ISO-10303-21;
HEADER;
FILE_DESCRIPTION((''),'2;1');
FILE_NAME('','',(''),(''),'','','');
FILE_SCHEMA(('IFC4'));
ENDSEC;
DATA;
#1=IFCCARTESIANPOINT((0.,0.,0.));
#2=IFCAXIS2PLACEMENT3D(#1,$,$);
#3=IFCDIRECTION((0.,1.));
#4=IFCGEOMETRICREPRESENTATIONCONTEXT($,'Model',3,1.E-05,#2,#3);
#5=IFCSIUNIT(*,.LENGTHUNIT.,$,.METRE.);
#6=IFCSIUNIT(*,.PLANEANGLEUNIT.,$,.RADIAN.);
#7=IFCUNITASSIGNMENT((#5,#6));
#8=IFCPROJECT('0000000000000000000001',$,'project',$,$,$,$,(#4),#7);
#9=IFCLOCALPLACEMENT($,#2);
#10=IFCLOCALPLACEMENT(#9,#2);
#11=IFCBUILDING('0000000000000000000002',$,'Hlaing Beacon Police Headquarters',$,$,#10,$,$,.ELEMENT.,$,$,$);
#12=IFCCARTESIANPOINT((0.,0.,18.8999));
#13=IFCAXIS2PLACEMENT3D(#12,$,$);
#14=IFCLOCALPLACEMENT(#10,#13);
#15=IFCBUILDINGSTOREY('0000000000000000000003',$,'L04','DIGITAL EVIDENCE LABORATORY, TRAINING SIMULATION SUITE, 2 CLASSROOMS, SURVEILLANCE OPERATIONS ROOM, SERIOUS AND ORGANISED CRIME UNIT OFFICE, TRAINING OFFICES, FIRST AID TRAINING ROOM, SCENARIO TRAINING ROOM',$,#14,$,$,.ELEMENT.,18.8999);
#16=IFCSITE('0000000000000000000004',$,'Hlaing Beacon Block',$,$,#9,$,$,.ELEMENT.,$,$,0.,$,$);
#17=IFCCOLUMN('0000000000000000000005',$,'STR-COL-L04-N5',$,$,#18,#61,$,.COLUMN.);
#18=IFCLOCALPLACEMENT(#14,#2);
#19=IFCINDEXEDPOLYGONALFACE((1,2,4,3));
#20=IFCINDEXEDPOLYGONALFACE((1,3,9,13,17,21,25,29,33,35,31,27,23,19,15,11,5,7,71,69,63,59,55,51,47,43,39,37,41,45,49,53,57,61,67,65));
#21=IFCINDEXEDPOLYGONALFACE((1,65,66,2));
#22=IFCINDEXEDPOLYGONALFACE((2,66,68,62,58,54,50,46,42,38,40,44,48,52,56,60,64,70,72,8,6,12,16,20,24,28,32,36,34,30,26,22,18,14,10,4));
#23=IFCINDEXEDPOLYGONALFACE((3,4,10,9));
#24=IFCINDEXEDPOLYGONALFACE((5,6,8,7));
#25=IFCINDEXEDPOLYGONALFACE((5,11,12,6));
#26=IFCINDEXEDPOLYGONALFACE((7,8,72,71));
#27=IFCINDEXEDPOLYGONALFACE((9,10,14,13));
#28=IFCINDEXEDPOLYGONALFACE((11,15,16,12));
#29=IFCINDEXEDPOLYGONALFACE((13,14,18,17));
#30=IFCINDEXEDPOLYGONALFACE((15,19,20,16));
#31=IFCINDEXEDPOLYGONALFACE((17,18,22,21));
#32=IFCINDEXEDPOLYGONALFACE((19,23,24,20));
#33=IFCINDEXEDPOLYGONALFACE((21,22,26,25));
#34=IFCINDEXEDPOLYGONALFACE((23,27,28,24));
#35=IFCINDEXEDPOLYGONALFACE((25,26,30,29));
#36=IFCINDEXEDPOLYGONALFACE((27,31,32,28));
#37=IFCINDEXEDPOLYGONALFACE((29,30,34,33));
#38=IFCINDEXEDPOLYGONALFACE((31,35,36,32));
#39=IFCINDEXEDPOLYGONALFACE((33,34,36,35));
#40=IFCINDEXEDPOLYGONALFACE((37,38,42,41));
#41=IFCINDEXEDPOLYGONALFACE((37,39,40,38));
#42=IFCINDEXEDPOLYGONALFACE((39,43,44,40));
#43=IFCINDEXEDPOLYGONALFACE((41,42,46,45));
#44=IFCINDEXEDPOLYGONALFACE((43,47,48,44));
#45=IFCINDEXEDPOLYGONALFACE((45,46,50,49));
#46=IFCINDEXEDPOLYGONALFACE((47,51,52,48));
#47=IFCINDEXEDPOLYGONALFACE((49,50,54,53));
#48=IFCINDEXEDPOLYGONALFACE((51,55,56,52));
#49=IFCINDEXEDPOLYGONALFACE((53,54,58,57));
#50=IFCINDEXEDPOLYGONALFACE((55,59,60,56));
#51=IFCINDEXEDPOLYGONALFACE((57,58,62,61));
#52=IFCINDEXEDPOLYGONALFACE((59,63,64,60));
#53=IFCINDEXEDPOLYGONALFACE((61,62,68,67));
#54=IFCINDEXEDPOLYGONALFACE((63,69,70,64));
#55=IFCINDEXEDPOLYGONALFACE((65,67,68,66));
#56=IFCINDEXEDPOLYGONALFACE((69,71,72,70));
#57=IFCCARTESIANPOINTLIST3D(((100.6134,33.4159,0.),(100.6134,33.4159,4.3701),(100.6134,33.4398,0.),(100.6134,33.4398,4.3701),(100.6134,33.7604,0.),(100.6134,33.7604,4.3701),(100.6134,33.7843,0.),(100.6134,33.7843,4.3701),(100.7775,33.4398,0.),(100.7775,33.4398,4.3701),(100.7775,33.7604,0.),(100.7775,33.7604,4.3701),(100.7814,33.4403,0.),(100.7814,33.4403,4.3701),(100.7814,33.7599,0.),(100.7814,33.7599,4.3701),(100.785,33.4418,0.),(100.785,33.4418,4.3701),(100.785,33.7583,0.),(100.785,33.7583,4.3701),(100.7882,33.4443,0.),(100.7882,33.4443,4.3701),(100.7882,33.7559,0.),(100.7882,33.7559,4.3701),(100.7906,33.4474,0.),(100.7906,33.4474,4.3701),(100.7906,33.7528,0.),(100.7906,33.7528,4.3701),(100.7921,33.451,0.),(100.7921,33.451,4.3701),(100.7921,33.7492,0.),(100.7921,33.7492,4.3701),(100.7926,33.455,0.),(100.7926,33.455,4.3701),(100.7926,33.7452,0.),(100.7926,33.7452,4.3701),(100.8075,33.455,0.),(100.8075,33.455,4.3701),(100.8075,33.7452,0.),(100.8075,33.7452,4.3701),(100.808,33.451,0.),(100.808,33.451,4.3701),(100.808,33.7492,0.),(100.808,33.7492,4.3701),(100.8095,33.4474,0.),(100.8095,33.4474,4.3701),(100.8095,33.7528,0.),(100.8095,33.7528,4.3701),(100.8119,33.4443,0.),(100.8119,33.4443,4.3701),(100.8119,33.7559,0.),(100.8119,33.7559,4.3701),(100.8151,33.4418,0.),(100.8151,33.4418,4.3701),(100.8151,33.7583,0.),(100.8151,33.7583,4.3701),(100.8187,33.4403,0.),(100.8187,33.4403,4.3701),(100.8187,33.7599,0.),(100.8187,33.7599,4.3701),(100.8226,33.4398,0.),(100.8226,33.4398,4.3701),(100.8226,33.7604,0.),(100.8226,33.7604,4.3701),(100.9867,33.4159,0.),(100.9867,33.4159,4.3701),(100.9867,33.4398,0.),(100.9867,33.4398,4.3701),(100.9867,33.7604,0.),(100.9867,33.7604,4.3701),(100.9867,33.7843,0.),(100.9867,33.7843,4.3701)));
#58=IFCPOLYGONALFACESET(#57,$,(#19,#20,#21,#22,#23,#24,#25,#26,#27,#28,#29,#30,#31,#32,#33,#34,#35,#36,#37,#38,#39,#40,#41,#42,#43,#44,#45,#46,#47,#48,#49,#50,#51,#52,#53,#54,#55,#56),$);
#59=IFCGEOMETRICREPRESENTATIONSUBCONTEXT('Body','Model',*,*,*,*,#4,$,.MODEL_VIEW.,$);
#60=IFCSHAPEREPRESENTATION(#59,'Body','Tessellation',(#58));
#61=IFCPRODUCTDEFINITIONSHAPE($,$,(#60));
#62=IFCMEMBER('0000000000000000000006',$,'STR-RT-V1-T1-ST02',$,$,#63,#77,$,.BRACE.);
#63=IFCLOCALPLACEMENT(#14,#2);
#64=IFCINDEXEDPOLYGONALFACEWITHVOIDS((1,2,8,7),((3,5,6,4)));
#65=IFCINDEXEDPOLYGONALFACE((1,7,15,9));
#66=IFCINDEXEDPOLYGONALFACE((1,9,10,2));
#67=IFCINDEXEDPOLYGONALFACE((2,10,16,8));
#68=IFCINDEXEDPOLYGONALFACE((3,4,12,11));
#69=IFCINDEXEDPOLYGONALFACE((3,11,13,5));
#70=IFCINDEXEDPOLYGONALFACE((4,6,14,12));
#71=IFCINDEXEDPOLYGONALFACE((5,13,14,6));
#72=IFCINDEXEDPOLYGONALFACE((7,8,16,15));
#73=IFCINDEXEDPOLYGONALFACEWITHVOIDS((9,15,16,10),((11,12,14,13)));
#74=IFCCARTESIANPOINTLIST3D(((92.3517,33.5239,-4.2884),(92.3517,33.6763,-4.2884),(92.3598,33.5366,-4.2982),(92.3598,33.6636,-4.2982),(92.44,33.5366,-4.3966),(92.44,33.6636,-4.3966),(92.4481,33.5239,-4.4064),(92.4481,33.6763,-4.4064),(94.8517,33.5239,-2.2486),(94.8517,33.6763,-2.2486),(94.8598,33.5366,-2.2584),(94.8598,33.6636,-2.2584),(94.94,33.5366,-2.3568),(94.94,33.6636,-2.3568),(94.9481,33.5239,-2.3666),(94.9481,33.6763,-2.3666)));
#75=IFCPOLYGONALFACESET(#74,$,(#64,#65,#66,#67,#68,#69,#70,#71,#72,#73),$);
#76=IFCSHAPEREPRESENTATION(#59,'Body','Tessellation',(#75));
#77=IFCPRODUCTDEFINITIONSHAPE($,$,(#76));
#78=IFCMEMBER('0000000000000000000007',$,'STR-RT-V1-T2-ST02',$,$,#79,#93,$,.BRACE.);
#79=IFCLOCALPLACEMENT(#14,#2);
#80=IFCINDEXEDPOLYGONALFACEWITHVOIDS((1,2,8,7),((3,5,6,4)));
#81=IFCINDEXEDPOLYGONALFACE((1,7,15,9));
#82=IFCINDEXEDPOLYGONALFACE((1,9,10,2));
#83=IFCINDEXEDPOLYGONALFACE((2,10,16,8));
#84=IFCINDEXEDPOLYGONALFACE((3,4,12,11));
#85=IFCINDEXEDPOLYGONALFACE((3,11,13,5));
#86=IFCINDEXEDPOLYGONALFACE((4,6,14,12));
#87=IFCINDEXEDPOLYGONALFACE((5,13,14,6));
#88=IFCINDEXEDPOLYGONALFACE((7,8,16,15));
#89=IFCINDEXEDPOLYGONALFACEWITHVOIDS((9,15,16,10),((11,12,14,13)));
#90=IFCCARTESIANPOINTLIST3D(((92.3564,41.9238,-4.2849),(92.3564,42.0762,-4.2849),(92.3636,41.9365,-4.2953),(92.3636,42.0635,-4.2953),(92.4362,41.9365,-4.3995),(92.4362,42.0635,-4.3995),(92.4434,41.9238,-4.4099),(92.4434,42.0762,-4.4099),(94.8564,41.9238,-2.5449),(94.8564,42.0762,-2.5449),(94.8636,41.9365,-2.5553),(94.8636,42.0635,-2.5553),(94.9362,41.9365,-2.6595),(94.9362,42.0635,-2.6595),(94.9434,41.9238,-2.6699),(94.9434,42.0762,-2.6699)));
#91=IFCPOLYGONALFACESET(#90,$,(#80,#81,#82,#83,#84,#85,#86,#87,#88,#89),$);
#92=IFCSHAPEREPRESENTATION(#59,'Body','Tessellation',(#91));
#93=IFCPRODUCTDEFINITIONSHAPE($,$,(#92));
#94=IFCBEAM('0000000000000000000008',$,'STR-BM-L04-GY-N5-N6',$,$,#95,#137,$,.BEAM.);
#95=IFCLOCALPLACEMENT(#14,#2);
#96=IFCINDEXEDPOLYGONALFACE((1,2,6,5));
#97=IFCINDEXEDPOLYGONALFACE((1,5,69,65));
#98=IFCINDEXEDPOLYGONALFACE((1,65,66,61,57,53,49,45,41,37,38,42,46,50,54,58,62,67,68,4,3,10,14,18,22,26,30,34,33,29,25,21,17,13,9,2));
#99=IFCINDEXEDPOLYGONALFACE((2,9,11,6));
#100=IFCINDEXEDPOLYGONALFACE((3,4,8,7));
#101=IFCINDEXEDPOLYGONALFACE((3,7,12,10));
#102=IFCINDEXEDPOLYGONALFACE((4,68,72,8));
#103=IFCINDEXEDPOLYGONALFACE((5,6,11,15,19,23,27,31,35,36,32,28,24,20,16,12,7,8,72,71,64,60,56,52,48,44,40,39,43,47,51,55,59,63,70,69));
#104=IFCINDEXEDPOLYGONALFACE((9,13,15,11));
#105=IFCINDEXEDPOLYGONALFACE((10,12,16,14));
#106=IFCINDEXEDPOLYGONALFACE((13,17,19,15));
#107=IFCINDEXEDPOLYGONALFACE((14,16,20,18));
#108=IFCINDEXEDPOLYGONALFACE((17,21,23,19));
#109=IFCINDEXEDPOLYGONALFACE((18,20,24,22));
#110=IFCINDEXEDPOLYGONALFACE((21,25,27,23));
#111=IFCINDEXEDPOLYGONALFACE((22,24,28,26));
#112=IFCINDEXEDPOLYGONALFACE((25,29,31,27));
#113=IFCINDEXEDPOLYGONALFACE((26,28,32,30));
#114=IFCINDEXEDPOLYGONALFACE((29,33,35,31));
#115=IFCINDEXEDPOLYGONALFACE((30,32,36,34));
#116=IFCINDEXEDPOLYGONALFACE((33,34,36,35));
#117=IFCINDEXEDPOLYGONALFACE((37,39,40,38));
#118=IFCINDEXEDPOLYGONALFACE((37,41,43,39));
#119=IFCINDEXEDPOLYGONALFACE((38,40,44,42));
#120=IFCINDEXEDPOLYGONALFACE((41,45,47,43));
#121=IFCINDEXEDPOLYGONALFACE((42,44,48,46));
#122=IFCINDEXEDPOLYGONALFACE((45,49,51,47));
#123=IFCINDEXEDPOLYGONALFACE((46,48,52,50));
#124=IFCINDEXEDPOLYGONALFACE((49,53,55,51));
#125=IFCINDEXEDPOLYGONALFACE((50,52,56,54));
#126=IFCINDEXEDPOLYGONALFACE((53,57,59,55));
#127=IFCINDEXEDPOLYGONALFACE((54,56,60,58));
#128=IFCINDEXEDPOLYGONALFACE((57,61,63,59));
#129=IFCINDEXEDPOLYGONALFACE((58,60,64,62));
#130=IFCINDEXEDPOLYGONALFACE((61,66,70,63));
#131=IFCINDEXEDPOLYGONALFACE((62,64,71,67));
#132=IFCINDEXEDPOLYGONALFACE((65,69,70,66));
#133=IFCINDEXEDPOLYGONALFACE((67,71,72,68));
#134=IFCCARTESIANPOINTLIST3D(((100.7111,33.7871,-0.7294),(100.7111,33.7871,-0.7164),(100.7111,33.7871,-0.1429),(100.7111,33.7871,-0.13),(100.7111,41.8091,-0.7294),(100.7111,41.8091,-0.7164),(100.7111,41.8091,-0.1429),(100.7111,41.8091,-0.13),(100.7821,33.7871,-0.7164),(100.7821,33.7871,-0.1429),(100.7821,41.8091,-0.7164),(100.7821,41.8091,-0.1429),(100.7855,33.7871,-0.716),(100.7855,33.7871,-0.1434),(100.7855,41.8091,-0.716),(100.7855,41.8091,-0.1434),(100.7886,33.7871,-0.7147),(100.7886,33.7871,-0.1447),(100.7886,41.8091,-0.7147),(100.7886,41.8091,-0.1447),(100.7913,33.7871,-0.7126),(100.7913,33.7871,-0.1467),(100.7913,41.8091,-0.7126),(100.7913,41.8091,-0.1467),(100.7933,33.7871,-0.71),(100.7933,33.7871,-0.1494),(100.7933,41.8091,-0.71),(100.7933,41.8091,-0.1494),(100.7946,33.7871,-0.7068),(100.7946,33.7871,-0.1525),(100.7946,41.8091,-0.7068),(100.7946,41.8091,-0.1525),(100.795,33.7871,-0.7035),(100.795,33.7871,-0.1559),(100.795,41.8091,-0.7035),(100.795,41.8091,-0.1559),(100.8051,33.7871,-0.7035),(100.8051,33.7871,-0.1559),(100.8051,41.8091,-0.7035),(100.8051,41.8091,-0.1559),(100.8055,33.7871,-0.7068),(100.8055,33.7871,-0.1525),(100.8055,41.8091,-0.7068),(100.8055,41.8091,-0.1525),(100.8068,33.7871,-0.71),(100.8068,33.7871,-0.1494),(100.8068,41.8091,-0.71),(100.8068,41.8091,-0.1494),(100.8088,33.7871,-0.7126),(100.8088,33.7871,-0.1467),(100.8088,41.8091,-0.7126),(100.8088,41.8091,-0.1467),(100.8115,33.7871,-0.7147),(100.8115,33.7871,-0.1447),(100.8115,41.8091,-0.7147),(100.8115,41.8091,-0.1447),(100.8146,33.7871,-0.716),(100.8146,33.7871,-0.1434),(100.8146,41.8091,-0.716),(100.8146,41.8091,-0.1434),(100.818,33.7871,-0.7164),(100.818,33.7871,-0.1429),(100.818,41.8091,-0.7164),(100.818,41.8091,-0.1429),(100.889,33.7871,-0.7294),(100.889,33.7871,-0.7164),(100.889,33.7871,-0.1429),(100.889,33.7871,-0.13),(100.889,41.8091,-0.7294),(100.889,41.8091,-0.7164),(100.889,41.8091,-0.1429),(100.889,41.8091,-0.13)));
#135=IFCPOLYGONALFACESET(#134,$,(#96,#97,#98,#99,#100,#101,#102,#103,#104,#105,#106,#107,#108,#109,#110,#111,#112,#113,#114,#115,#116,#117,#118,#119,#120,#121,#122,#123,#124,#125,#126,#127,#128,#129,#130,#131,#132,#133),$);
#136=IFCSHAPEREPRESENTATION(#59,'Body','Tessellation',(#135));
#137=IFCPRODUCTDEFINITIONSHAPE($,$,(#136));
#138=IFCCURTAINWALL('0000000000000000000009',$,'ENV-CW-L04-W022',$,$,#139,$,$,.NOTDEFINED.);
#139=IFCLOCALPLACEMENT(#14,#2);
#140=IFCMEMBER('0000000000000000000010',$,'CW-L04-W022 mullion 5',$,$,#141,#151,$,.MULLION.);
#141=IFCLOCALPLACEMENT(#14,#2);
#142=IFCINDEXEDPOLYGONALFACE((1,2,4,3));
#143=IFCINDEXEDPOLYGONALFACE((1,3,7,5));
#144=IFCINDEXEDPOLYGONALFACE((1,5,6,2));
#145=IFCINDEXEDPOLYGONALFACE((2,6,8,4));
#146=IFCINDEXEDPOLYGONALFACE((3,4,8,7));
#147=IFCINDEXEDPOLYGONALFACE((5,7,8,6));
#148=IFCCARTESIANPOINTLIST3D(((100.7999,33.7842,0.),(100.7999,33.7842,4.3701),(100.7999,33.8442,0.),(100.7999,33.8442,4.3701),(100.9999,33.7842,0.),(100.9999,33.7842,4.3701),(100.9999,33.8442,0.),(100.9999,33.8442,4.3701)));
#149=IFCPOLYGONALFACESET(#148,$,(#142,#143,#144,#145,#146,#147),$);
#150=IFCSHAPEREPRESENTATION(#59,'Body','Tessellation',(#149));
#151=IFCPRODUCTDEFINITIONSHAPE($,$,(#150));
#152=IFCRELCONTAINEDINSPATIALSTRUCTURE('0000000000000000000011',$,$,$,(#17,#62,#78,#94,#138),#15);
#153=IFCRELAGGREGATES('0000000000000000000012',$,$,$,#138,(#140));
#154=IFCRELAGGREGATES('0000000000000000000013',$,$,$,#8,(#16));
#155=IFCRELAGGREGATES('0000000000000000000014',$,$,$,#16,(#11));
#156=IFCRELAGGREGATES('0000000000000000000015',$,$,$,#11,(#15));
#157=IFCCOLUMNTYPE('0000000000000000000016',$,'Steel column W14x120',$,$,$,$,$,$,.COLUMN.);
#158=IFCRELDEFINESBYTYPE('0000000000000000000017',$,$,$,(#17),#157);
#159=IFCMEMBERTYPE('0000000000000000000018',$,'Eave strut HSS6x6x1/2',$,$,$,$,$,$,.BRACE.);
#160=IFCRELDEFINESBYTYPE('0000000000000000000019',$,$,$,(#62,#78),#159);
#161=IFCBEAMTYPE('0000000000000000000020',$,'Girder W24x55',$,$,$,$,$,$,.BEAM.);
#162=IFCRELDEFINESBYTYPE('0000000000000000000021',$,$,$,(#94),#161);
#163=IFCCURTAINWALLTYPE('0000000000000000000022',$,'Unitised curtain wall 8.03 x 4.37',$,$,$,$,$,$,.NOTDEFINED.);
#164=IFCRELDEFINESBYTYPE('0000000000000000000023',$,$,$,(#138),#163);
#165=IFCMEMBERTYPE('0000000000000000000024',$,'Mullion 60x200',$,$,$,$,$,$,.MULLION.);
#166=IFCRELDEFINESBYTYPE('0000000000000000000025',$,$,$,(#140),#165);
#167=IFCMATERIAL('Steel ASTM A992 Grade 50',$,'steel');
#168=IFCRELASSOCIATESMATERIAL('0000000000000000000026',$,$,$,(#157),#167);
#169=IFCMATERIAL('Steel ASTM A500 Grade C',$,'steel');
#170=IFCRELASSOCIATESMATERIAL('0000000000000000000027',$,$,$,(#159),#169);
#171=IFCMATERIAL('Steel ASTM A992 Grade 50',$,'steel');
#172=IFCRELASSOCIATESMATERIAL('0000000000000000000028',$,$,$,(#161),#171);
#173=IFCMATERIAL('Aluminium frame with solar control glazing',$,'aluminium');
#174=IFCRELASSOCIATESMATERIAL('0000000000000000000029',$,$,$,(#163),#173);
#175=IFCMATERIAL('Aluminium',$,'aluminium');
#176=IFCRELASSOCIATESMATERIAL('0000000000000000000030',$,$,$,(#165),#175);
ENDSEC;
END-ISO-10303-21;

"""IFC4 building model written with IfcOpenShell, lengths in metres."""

from ifc_helpers import new_model, si_unit, direction, frame, origin, origin_2d, place, context, subcontext, project, spatial, rectangle, hollow_rectangle, i_section, extrude, material, material_profile, profile_set, type_object, element, aggregate, save


model = new_model("IFC4")

# Units and contexts
model_context = context("Model", 3, precision=1e-05, world=origin(), true_north=direction((0.0, 1.0)))
body_context = subcontext(model_context, "Body", "Model", "MODEL_VIEW")
ifc_project = project(units=[si_unit("LENGTHUNIT", "METRE"), si_unit("PLANEANGLEUNIT", "RADIAN")], contexts=[model_context])

# Site, building, storey
site_placement = place(None, origin())
site = spatial("IfcSite", under=ifc_project, at=site_placement, Name="Hlaing Beacon Block", CompositionType="ELEMENT", RefElevation=0.0)
building_placement = place(site_placement, origin())
building = spatial("IfcBuilding", under=site, at=building_placement, Name="Hlaing Beacon Police Headquarters", CompositionType="ELEMENT")
storey_placement = place(building_placement, frame((0.0, 0.0, 18.8999)))
storey = spatial("IfcBuildingStorey", under=building, at=storey_placement, Name="L04", Description="DIGITAL EVIDENCE LABORATORY, TRAINING SIMULATION SUITE, 2 CLASSROOMS, SURVEILLANCE OPERATIONS ROOM, SERIOUS AND ORGANISED CRIME UNIT OFFICE, TRAINING OFFICES, FIRST AID TRAINING ROOM, SCENARIO TRAINING ROOM", CompositionType="ELEMENT", Elevation=18.8999)

# Column
ifc_material_1 = material(Name="Steel ASTM A992 Grade 50", Category="steel")
ifc_material_profile_1 = material_profile(ifc_material_1, i_section(OverallWidth=0.3733, OverallDepth=0.3684, WebThickness=0.0149, FlangeThickness=0.0239, FilletRadius=0.0151, at=origin_2d()), Name="W14x120")
ifc_profile_set_1 = profile_set([ifc_material_profile_1], Name="Steel ASTM A992 Grade 50")
column_type = type_object("IfcColumnType", Name="Steel column W14x120", PredefinedType="COLUMN", material=ifc_profile_set_1)
column_placement = place(storey_placement, frame((100.8, 33.6001, 0.0), z_axis=(0.0, 0.0, 1.0), x_axis=(1.0, 0.0, 0.0)))
element("IfcColumn", 1, at=column_placement, inside=storey, type_object=column_type, Name="STR-COL-L04-N5", PredefinedType="COLUMN", context=body_context, shape_type="SweptSolid", body=[
    extrude(i_section(OverallWidth=0.3733, OverallDepth=0.3684, WebThickness=0.0149, FlangeThickness=0.0239, FilletRadius=0.0151, at=origin_2d()), origin(), (0.0, 0.0, 1.0), 4.3701),
])

# Members
ifc_material_2 = material(Name="Steel ASTM A500 Grade C", Category="steel")
ifc_material_profile_2 = material_profile(ifc_material_2, hollow_rectangle(XDim=0.1523, YDim=0.1523, WallThickness=0.0127, at=origin_2d()), Name="HSS6x6x1/2")
ifc_profile_set_2 = profile_set([ifc_material_profile_2], Name="Steel ASTM A500 Grade C")
member_type_1 = type_object("IfcMemberType", Name="Eave strut HSS6x6x1/2", PredefinedType="BRACE", material=ifc_profile_set_2)
member_1_placement = place(storey_placement, frame((92.3999, 33.6001, -4.3474), z_axis=(0.774816, 0.0, 0.632187), x_axis=(0.0, 1.0, 0.0)))
element("IfcMember", 2, at=member_1_placement, inside=storey, type_object=member_type_1, Name="STR-RT-V1-T1-ST02", PredefinedType="BRACE", context=body_context, shape_type="SweptSolid", body=[
    extrude(hollow_rectangle(XDim=0.1523, YDim=0.1523, WallThickness=0.0127, at=origin_2d()), origin(), (0.0, 0.0, 1.0), 3.2266),
])
member_2_placement = place(storey_placement, frame((92.3999, 42.0, -4.3474), z_axis=(0.820773, 0.0, 0.571255), x_axis=(0.0, 1.0, 0.0)))
element("IfcMember", 3, at=member_2_placement, inside=storey, type_object=member_type_1, Name="STR-RT-V1-T2-ST02", PredefinedType="BRACE", context=body_context, shape_type="SweptSolid", body=[
    extrude(hollow_rectangle(XDim=0.1523, YDim=0.1523, WallThickness=0.0127, at=origin_2d()), origin(), (0.0, 0.0, 1.0), 3.0459),
])

# Beam
ifc_material_3 = material(Name="Steel ASTM A992 Grade 50", Category="steel")
ifc_material_profile_3 = material_profile(ifc_material_3, i_section(OverallWidth=0.178, OverallDepth=0.5994, WebThickness=0.01, FlangeThickness=0.0129, FilletRadius=0.0129, at=origin_2d()), Name="W24x55")
ifc_profile_set_3 = profile_set([ifc_material_profile_3], Name="Steel ASTM A992 Grade 50")
beam_type_1 = type_object("IfcBeamType", Name="Girder W24x55", PredefinedType="BEAM", material=ifc_profile_set_3)
beam_placement = place(storey_placement, frame((100.8, 33.7871, -0.4297), z_axis=(0.0, 1.0, 0.0), x_axis=(-1.0, 0.0, 0.0)))
element("IfcBeam", 4, at=beam_placement, inside=storey, type_object=beam_type_1, Name="STR-BM-L04-GY-N5-N6", PredefinedType="BEAM", context=body_context, shape_type="SweptSolid", body=[
    extrude(i_section(OverallWidth=0.178, OverallDepth=0.5994, WebThickness=0.01, FlangeThickness=0.0129, FilletRadius=0.0129, at=origin_2d()), origin(), (0.0, 0.0, 1.0), 8.022),
])

# Curtain wall, member
ifc_material_4 = material(Name="Aluminium frame with solar control glazing", Category="aluminium")
curtain_wall_type = type_object("IfcCurtainWallType", Name="Unitised curtain wall 8.03 x 4.37", PredefinedType="NOTDEFINED", material=ifc_material_4)
curtain_wall_placement = place(storey_placement, origin())
curtain_wall = element("IfcCurtainWall", 5, at=curtain_wall_placement, inside=storey, type_object=curtain_wall_type, Name="ENV-CW-L04-W022", PredefinedType="NOTDEFINED")
ifc_material_5 = material(Name="Aluminium", Category="aluminium")
ifc_material_profile_4 = material_profile(ifc_material_5, rectangle(XDim=0.2, YDim=0.0601, at=origin_2d()), Name="Mullion 60x200")
ifc_profile_set_4 = profile_set([ifc_material_profile_4], Name="Aluminium")
member_type_2 = type_object("IfcMemberType", Name="Mullion 60x200", PredefinedType="MULLION", material=ifc_profile_set_4)
member_3_placement = place(storey_placement, frame((100.8999, 33.8142, 0.0), z_axis=(0.0, 0.0, 1.0), x_axis=(1.0, 0.0, 0.0)))
member_3 = element("IfcMember", 6, at=member_3_placement, type_object=member_type_2, Name="CW-L04-W022 mullion 5", PredefinedType="MULLION", context=body_context, shape_type="SweptSolid", body=[
    extrude(rectangle(XDim=0.2, YDim=0.0601, at=origin_2d()), origin(), (0.0, 0.0, 1.0), 4.3701),
])

aggregate(curtain_wall, [member_3])

save(model, "model.ifc")
